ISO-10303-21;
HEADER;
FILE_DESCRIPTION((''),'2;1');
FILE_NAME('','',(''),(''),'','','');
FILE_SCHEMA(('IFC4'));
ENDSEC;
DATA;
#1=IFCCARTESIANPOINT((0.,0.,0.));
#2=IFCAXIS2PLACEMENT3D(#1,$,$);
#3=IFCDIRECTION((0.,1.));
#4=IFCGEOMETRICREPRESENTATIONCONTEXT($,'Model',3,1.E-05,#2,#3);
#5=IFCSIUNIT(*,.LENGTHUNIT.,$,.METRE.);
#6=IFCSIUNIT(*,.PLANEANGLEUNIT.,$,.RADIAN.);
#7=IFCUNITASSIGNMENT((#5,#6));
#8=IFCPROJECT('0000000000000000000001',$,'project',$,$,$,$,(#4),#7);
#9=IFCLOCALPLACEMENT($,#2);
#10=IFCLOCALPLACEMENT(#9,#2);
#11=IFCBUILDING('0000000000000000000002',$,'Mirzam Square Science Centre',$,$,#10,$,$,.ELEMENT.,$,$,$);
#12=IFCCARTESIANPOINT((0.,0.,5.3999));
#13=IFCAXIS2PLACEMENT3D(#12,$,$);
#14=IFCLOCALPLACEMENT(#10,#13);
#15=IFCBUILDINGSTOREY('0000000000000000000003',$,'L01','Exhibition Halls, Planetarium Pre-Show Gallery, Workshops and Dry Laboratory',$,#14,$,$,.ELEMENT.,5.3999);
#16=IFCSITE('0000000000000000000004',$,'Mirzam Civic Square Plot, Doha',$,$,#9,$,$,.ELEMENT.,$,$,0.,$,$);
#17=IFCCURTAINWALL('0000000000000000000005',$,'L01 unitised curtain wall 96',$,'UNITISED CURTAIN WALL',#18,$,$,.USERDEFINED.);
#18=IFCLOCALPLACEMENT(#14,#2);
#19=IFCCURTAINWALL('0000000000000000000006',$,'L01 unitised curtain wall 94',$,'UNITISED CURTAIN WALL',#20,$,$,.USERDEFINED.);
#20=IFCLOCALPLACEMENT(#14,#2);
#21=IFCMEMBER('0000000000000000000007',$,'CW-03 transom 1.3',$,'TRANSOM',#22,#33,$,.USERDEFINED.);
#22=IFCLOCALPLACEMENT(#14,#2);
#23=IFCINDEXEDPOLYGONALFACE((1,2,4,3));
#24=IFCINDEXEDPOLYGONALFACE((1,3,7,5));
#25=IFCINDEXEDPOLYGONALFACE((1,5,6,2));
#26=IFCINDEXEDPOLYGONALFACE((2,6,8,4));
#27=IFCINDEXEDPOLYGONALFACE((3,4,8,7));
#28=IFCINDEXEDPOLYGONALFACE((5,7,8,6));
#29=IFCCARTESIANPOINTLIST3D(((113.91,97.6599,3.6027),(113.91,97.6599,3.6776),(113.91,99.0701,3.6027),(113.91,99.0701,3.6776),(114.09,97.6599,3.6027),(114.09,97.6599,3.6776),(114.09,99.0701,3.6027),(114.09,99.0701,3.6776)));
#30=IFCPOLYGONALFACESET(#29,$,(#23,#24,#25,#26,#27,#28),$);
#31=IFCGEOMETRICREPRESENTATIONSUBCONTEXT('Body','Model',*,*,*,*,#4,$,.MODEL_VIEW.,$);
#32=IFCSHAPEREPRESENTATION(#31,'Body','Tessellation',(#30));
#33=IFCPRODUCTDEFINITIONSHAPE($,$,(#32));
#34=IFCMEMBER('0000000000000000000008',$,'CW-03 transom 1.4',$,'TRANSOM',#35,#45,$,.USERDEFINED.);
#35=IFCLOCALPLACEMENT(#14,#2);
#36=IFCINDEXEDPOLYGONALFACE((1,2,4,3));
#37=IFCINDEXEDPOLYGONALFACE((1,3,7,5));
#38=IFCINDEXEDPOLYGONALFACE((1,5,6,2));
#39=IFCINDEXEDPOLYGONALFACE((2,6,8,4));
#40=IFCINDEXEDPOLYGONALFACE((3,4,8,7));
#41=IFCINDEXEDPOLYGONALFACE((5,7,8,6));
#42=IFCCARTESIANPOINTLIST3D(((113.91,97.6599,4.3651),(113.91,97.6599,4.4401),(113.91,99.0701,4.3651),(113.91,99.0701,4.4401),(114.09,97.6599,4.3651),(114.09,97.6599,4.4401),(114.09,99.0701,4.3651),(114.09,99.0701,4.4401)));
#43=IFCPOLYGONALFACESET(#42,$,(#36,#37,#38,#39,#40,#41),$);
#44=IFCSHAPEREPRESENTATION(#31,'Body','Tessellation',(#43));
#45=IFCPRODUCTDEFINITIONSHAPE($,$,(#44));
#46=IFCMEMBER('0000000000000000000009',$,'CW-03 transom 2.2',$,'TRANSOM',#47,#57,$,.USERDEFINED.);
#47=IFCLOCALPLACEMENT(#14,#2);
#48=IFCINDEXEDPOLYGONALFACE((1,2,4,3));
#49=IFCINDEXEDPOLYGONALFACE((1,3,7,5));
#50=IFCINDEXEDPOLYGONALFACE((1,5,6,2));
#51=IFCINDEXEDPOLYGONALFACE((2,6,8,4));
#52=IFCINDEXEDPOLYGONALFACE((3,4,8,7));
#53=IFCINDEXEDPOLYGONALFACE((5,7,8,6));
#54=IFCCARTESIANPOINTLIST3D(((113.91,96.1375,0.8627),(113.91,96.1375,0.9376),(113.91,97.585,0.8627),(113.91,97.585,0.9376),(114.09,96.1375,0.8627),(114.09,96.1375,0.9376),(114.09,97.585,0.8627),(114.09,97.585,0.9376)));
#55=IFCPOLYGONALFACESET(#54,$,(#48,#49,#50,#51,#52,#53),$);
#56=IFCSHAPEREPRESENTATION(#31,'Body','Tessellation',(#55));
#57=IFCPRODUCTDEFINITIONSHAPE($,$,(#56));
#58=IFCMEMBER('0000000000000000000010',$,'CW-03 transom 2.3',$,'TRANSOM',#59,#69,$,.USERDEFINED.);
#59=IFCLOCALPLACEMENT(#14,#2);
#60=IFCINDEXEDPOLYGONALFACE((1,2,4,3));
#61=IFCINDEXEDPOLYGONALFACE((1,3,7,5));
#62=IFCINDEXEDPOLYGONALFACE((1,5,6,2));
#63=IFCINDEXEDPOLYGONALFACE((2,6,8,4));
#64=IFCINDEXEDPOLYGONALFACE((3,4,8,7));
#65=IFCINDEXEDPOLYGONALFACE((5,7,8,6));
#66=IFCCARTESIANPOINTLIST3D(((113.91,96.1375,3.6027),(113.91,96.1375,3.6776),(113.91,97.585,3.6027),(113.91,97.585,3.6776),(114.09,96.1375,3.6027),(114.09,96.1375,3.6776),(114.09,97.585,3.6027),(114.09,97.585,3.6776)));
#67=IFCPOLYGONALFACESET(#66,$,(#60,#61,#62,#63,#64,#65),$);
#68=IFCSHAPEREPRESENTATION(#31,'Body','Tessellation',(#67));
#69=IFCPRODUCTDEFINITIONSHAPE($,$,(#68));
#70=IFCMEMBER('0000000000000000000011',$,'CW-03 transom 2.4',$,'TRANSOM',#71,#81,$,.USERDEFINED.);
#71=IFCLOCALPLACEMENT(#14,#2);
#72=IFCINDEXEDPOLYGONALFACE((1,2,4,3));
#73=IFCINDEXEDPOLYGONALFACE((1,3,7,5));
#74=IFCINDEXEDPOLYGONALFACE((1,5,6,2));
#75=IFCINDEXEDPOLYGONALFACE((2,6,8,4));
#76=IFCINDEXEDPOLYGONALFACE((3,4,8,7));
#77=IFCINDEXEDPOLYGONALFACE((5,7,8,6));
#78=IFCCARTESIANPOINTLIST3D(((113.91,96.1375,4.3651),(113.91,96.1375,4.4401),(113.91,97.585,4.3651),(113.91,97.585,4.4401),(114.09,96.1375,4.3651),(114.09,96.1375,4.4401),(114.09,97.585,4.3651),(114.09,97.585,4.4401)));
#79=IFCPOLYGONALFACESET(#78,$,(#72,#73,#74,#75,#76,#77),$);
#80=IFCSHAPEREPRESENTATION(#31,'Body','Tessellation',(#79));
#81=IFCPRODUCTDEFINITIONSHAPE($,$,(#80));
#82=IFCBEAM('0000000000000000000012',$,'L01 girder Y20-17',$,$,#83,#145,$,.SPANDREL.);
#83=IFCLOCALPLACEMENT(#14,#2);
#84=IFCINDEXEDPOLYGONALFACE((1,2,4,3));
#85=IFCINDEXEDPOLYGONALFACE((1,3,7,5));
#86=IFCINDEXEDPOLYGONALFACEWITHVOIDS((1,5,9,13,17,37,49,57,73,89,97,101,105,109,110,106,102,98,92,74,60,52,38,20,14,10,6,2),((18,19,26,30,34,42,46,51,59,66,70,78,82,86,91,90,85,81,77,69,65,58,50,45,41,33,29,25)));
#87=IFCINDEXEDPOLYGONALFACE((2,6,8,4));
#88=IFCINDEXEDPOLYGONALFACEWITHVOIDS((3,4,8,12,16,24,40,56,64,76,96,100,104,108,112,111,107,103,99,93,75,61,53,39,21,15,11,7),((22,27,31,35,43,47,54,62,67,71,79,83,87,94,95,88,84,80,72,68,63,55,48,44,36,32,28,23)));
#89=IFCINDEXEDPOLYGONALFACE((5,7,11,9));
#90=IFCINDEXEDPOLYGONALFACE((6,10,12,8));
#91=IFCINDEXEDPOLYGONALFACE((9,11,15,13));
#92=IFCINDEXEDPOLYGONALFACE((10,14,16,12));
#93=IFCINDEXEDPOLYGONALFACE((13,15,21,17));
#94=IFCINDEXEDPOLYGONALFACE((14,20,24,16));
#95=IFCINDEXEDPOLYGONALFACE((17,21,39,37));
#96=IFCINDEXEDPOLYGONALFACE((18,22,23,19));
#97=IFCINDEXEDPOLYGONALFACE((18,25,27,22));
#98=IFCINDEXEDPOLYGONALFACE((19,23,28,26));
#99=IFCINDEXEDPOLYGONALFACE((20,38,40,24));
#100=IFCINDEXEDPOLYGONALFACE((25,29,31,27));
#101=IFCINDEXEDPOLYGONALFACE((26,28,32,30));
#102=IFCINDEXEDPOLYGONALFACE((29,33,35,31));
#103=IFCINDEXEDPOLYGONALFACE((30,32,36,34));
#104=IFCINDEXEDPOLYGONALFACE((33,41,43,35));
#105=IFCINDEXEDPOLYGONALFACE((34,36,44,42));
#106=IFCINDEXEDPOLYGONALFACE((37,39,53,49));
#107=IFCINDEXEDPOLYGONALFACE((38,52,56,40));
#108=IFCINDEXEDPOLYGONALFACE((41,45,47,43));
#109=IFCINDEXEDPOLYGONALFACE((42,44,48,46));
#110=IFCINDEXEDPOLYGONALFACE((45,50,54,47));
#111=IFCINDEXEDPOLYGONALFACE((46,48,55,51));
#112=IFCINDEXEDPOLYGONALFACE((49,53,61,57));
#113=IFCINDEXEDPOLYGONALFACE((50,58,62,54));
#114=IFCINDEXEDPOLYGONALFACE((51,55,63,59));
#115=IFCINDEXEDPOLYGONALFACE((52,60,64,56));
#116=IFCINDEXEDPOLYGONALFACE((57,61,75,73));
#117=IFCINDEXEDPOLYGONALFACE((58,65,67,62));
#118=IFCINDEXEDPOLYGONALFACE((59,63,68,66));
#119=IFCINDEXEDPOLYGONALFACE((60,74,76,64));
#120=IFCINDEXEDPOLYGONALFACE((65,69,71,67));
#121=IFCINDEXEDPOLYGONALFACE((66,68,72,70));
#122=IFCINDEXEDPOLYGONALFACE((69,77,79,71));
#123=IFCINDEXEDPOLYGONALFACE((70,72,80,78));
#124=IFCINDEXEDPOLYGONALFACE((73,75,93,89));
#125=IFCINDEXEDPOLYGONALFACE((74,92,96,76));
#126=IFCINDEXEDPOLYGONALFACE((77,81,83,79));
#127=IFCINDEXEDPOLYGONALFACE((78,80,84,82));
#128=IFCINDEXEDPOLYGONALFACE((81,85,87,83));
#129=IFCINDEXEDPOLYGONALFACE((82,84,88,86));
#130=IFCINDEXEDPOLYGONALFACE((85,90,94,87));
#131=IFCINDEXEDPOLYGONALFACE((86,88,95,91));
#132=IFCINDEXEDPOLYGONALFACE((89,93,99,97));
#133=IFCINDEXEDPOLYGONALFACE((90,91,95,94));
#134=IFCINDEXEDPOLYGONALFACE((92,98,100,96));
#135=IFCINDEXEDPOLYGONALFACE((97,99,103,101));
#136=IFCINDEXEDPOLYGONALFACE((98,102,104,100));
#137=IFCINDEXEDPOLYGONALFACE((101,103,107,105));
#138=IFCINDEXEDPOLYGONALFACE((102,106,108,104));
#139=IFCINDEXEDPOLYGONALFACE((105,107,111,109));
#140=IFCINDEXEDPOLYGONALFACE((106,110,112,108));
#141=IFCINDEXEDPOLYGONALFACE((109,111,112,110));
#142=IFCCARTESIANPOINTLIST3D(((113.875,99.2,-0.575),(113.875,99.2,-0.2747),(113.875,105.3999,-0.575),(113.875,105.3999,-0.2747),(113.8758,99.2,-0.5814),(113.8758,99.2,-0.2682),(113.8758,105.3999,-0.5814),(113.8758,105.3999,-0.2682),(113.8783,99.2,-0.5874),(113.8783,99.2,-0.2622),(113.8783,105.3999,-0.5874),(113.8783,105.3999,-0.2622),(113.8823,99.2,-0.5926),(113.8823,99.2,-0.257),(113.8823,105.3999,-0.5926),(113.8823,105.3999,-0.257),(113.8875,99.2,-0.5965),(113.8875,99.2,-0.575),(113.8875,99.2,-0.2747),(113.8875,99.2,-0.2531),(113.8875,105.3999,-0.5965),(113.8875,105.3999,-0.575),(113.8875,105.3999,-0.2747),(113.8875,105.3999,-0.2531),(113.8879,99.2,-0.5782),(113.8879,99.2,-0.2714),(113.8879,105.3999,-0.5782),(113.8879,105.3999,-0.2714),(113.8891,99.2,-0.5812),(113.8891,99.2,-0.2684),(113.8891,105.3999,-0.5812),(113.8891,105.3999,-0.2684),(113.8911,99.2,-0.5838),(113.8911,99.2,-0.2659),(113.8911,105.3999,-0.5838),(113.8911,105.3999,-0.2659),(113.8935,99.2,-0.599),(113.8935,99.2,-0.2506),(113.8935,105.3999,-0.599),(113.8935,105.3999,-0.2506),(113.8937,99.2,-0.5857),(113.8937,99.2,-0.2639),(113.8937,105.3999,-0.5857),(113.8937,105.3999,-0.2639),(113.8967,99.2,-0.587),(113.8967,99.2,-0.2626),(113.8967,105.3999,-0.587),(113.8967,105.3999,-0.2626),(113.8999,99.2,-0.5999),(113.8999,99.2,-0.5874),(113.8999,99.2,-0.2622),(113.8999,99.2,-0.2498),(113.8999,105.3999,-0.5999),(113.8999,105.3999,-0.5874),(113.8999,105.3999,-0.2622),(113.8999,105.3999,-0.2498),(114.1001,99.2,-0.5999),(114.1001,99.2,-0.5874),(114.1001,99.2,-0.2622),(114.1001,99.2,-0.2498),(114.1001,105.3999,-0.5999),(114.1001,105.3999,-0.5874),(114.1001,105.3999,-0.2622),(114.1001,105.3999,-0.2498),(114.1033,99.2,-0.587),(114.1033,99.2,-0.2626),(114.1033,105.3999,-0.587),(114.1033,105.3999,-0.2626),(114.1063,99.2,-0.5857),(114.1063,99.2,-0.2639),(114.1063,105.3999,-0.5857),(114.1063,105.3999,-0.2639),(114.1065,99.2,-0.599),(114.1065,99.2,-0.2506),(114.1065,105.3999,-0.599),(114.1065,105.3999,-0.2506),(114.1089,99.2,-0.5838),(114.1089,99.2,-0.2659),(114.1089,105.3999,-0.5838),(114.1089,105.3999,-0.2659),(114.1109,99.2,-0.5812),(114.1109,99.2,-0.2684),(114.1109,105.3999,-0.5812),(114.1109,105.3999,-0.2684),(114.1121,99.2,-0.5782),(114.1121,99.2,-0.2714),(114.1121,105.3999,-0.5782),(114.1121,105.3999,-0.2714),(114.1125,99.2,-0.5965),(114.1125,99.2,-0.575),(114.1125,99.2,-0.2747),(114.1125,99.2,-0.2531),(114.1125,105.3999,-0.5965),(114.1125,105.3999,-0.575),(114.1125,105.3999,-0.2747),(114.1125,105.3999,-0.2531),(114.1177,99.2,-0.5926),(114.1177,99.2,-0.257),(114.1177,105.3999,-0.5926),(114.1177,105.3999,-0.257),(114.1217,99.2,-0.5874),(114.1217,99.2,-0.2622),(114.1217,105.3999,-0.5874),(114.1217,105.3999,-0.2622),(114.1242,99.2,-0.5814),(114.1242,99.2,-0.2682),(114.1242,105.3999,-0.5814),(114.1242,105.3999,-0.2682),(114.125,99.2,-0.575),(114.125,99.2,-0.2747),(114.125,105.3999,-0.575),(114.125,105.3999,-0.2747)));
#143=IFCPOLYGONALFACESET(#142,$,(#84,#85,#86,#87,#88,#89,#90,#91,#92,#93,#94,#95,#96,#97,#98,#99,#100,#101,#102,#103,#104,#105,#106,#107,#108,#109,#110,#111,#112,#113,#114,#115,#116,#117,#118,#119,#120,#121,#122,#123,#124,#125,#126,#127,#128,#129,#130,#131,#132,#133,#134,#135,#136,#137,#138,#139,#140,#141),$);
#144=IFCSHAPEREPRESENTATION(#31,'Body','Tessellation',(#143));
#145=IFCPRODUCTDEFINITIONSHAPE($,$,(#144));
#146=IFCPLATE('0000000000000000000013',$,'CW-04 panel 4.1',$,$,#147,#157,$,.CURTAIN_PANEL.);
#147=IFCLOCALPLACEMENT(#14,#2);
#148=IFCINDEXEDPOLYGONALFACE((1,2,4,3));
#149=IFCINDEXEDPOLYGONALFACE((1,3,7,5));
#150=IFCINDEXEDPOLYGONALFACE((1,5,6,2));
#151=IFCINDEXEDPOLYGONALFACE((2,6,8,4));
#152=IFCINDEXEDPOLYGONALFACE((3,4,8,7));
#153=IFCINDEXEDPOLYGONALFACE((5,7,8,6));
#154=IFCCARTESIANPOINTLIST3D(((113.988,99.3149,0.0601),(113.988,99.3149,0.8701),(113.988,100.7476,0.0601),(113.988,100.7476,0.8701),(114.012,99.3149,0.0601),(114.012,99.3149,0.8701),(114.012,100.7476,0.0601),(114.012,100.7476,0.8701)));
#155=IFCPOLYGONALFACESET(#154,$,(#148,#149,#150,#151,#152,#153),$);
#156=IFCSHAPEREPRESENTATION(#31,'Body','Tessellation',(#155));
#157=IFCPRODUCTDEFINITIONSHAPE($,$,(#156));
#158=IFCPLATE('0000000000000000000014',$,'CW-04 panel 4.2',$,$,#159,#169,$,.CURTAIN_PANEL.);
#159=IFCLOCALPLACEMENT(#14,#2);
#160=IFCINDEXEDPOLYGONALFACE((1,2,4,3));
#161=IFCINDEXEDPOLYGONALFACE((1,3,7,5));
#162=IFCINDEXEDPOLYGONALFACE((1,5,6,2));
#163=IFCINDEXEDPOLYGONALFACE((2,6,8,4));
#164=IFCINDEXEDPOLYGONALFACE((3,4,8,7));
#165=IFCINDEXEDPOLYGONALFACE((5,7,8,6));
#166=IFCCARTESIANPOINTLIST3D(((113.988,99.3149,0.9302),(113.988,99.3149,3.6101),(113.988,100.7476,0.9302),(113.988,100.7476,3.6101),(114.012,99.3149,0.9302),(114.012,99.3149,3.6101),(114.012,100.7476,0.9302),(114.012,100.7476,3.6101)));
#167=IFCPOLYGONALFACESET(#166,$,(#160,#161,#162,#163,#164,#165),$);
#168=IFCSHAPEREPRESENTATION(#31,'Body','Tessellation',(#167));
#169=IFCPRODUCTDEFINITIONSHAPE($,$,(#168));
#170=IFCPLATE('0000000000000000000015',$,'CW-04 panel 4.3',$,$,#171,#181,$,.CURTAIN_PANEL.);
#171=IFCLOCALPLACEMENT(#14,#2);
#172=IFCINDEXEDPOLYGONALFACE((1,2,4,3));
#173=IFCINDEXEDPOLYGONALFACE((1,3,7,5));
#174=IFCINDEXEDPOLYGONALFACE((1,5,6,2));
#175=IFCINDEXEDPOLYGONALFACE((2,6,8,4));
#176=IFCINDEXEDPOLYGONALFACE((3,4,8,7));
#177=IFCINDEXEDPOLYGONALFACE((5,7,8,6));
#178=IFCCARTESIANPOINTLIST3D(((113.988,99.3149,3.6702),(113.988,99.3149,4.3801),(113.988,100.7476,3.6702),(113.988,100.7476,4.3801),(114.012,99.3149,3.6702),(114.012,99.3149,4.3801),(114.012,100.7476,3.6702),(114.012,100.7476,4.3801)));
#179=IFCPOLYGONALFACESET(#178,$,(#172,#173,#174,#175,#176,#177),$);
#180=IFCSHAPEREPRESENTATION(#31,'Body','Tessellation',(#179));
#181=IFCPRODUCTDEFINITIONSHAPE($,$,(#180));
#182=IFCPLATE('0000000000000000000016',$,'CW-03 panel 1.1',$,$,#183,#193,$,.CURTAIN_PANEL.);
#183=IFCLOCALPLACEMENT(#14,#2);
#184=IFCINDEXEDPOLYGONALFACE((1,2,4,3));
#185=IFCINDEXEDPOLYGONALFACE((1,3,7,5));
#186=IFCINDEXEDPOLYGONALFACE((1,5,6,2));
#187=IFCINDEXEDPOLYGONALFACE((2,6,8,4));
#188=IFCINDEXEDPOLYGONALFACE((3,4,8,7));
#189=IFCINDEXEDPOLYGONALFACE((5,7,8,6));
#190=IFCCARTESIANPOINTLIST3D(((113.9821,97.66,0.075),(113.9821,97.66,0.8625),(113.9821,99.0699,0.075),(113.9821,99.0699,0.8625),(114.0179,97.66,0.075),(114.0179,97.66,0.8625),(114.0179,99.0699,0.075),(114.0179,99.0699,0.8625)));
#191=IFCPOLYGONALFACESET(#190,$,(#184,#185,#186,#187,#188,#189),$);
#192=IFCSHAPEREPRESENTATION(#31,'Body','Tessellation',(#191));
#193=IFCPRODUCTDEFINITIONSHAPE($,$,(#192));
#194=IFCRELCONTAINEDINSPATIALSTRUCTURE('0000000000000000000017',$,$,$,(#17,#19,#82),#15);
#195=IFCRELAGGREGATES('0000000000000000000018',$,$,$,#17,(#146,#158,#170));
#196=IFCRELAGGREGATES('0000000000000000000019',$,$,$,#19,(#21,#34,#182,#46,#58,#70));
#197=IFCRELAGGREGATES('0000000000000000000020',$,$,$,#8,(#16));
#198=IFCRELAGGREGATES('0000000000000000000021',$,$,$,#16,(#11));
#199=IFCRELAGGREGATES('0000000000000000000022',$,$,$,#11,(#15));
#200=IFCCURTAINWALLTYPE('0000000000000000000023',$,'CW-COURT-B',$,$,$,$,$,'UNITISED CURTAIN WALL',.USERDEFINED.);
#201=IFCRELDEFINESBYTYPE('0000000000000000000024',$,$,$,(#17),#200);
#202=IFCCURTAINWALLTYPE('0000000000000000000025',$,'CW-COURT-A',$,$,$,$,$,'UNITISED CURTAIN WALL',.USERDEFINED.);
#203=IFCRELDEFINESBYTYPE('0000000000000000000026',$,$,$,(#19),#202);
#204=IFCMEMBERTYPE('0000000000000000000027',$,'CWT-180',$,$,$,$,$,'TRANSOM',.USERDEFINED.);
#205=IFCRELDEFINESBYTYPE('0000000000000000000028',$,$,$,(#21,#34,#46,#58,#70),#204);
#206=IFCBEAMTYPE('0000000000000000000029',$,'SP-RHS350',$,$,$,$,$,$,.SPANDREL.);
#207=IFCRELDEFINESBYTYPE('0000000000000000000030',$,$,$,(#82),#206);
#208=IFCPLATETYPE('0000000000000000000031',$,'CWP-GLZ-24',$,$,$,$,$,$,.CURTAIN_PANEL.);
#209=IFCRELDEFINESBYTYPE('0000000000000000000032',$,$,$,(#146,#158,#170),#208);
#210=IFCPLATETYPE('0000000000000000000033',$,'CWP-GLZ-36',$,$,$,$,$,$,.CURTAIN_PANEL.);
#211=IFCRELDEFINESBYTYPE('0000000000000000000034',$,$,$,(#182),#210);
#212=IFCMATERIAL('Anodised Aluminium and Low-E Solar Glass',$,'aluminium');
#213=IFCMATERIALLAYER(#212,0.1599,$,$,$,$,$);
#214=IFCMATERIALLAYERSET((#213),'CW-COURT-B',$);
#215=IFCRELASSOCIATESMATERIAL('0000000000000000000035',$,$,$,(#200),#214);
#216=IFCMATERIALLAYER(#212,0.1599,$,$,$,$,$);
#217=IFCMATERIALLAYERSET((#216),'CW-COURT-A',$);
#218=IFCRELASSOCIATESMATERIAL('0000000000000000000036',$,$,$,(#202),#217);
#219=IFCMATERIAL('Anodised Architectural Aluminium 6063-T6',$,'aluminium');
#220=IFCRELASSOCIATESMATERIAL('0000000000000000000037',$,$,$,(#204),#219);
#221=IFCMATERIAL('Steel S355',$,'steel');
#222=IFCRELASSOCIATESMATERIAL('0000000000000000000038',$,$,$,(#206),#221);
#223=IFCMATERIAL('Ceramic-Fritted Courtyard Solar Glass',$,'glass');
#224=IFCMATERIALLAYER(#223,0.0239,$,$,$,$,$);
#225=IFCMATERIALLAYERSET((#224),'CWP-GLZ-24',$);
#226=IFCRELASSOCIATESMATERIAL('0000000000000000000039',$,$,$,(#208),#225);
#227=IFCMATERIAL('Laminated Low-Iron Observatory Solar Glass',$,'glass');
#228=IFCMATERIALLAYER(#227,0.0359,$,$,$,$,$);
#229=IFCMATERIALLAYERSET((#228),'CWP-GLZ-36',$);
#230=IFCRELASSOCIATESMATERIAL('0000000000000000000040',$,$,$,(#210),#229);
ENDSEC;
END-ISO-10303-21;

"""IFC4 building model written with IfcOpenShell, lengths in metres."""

from ifc_helpers import new_model, si_unit, direction, frame, origin, origin_2d, place, context, subcontext, project, spatial, rectangle, hollow_rectangle, extrude, material, layer, layer_set, material_profile, profile_set, type_object, element, aggregate, save


model = new_model("IFC4")

# Units and contexts
model_context = context("Model", 3, precision=1e-05, world=origin(), true_north=direction((0.0, 1.0)))
body_context = subcontext(model_context, "Body", "Model", "MODEL_VIEW")
ifc_project = project(units=[si_unit("LENGTHUNIT", "METRE"), si_unit("PLANEANGLEUNIT", "RADIAN")], contexts=[model_context])

# Site, building, storey
site_placement = place(None, origin())
site = spatial("IfcSite", under=ifc_project, at=site_placement, Name="Mirzam Civic Square Plot, Doha", CompositionType="ELEMENT", RefElevation=0.0)
building_placement = place(site_placement, origin())
building = spatial("IfcBuilding", under=site, at=building_placement, Name="Mirzam Square Science Centre", CompositionType="ELEMENT")
storey_placement = place(building_placement, frame((0.0, 0.0, 5.3999)))
storey = spatial("IfcBuildingStorey", under=building, at=storey_placement, Name="L01", Description="Exhibition Halls, Planetarium Pre-Show Gallery, Workshops and Dry Laboratory", CompositionType="ELEMENT", Elevation=5.3999)

# Shared definitions
ifc_material_1 = material(Name="Steel S355", Category="steel")

# Curtain wall
ifc_material_2 = material(Name="Anodised Aluminium and Low-E Solar Glass", Category="aluminium")
ifc_layer_1 = layer(ifc_material_2, 0.1599)
ifc_layer_set_1 = layer_set([ifc_layer_1], Name="CW-COURT-B")
curtain_wall_type_1 = type_object("IfcCurtainWallType", Name="CW-COURT-B", ElementType="UNITISED CURTAIN WALL", PredefinedType="USERDEFINED", material=ifc_layer_set_1)
curtain_wall_1_placement = place(storey_placement, origin())
curtain_wall_1 = element("IfcCurtainWall", 1, at=curtain_wall_1_placement, inside=storey, type_object=curtain_wall_type_1, Name="L01 unitised curtain wall 96", ObjectType="UNITISED CURTAIN WALL", PredefinedType="USERDEFINED")
ifc_material_3 = material(Name="Anodised Architectural Aluminium 6063-T6", Category="aluminium")

# Curtain wall
ifc_layer_2 = layer(ifc_material_2, 0.1599)
ifc_layer_set_2 = layer_set([ifc_layer_2], Name="CW-COURT-A")
curtain_wall_type_2 = type_object("IfcCurtainWallType", Name="CW-COURT-A", ElementType="UNITISED CURTAIN WALL", PredefinedType="USERDEFINED", material=ifc_layer_set_2)
curtain_wall_2_placement = place(storey_placement, origin())
curtain_wall_2 = element("IfcCurtainWall", 2, at=curtain_wall_2_placement, inside=storey, type_object=curtain_wall_type_2, Name="L01 unitised curtain wall 94", ObjectType="UNITISED CURTAIN WALL", PredefinedType="USERDEFINED")

# Members
ifc_material_profile_1 = material_profile(ifc_material_3, rectangle(XDim=0.1799, YDim=0.075, at=origin_2d()), Name="ALU-TRAN-180x75x5")
ifc_profile_set_1 = profile_set([ifc_material_profile_1], Name="Anodised Architectural Aluminium 6063-T6")
member_type_1 = type_object("IfcMemberType", Name="CWT-180", ElementType="TRANSOM", PredefinedType="USERDEFINED", material=ifc_profile_set_1)
member_1_placement = place(storey_placement, frame((114.0, 99.0701, 3.6401), z_axis=(0.0, -1.0, 0.0), x_axis=(1.0, 0.0, 0.0)))
member_1 = element("IfcMember", 3, at=member_1_placement, type_object=member_type_1, Name="CW-03 transom 1.3", ObjectType="TRANSOM", PredefinedType="USERDEFINED", context=body_context, shape_type="SweptSolid", body=[
    extrude(rectangle(XDim=0.1799, YDim=0.075, at=origin_2d()), origin(), (0.0, 0.0, 1.0), 1.4102),
])
member_2_placement = place(storey_placement, frame((114.0, 99.0701, 4.4026), z_axis=(0.0, -1.0, 0.0), x_axis=(1.0, 0.0, 0.0)))
member_2 = element("IfcMember", 4, at=member_2_placement, type_object=member_type_1, Name="CW-03 transom 1.4", ObjectType="TRANSOM", PredefinedType="USERDEFINED", context=body_context, shape_type="SweptSolid", body=[
    extrude(rectangle(XDim=0.1799, YDim=0.075, at=origin_2d()), origin(), (0.0, 0.0, 1.0), 1.4102),
])
member_3_placement = place(storey_placement, frame((114.0, 97.585, 0.9001), z_axis=(0.0, -1.0, 0.0), x_axis=(1.0, 0.0, 0.0)))
member_3 = element("IfcMember", 5, at=member_3_placement, type_object=member_type_1, Name="CW-03 transom 2.2", ObjectType="TRANSOM", PredefinedType="USERDEFINED", context=body_context, shape_type="SweptSolid", body=[
    extrude(rectangle(XDim=0.1799, YDim=0.075, at=origin_2d()), origin(), (0.0, 0.0, 1.0), 1.4475),
])
member_4_placement = place(storey_placement, frame((114.0, 97.585, 3.6401), z_axis=(0.0, -1.0, 0.0), x_axis=(1.0, 0.0, 0.0)))
member_4 = element("IfcMember", 6, at=member_4_placement, type_object=member_type_1, Name="CW-03 transom 2.3", ObjectType="TRANSOM", PredefinedType="USERDEFINED", context=body_context, shape_type="SweptSolid", body=[
    extrude(rectangle(XDim=0.1799, YDim=0.075, at=origin_2d()), origin(), (0.0, 0.0, 1.0), 1.4475),
])
member_5_placement = place(storey_placement, frame((114.0, 97.585, 4.4026), z_axis=(0.0, -1.0, 0.0), x_axis=(1.0, 0.0, 0.0)))
member_5 = element("IfcMember", 7, at=member_5_placement, type_object=member_type_1, Name="CW-03 transom 2.4", ObjectType="TRANSOM", PredefinedType="USERDEFINED", context=body_context, shape_type="SweptSolid", body=[
    extrude(rectangle(XDim=0.1799, YDim=0.075, at=origin_2d()), origin(), (0.0, 0.0, 1.0), 1.4475),
])

# Beam
ifc_material_profile_2 = material_profile(ifc_material_1, hollow_rectangle(XDim=0.25, YDim=0.3501, WallThickness=0.0125, InnerFilletRadius=0.0125, OuterFilletRadius=0.0249, at=origin_2d()), Name="350x250x12.5RHS")
ifc_profile_set_2 = profile_set([ifc_material_profile_2], Name="Steel S355")
beam_type_1 = type_object("IfcBeamType", Name="SP-RHS350", PredefinedType="SPANDREL", material=ifc_profile_set_2)
beam_1_placement = place(storey_placement, frame((114.0, 99.2, -0.4248), z_axis=(0.0, 1.0, 0.0), x_axis=(-1.0, 0.0, 0.0)))
element("IfcBeam", 8, at=beam_1_placement, inside=storey, type_object=beam_type_1, Name="L01 girder Y20-17", PredefinedType="SPANDREL", context=body_context, shape_type="SweptSolid", body=[
    extrude(hollow_rectangle(XDim=0.25, YDim=0.3501, WallThickness=0.0125, InnerFilletRadius=0.0125, OuterFilletRadius=0.0249, at=origin_2d()), origin(), (0.0, 0.0, 1.0), 6.2),
])

# Plates
ifc_material_4 = material(Name="Ceramic-Fritted Courtyard Solar Glass", Category="glass")
ifc_layer_3 = layer(ifc_material_4, 0.0239)
ifc_layer_set_3 = layer_set([ifc_layer_3], Name="CWP-GLZ-24")
plate_type_1 = type_object("IfcPlateType", Name="CWP-GLZ-24", PredefinedType="CURTAIN_PANEL", material=ifc_layer_set_3)
plate_1_placement = place(storey_placement, frame((114.0, 100.0312, 0.0601), z_axis=(0.0, 0.0, 1.0), x_axis=(0.0, -1.0, 0.0)))
plate_1 = element("IfcPlate", 9, at=plate_1_placement, type_object=plate_type_1, Name="CW-04 panel 4.1", PredefinedType="CURTAIN_PANEL", context=body_context, shape_type="SweptSolid", body=[
    extrude(rectangle(XDim=1.4326, YDim=0.0239, at=origin_2d()), origin(), (0.0, 0.0, 1.0), 0.8101),
])
plate_2_placement = place(storey_placement, frame((114.0, 100.0312, 0.9302), z_axis=(0.0, 0.0, 1.0), x_axis=(0.0, -1.0, 0.0)))
plate_2 = element("IfcPlate", 10, at=plate_2_placement, type_object=plate_type_1, Name="CW-04 panel 4.2", PredefinedType="CURTAIN_PANEL", context=body_context, shape_type="SweptSolid", body=[
    extrude(rectangle(XDim=1.4326, YDim=0.0239, at=origin_2d()), origin(), (0.0, 0.0, 1.0), 2.6799),
])
plate_3_placement = place(storey_placement, frame((114.0, 100.0312, 3.6702), z_axis=(0.0, 0.0, 1.0), x_axis=(0.0, -1.0, 0.0)))
plate_3 = element("IfcPlate", 11, at=plate_3_placement, type_object=plate_type_1, Name="CW-04 panel 4.3", PredefinedType="CURTAIN_PANEL", context=body_context, shape_type="SweptSolid", body=[
    extrude(rectangle(XDim=1.4326, YDim=0.0239, at=origin_2d()), origin(), (0.0, 0.0, 1.0), 0.71),
])
aggregate(curtain_wall_1, [plate_1, plate_2, plate_3])
ifc_material_5 = material(Name="Laminated Low-Iron Observatory Solar Glass", Category="glass")
ifc_layer_4 = layer(ifc_material_5, 0.0359)
ifc_layer_set_4 = layer_set([ifc_layer_4], Name="CWP-GLZ-36")
plate_type_2 = type_object("IfcPlateType", Name="CWP-GLZ-36", PredefinedType="CURTAIN_PANEL", material=ifc_layer_set_4)
plate_4_placement = place(storey_placement, frame((114.0, 98.365, 0.075), z_axis=(0.0, 0.0, 1.0), x_axis=(0.0, -1.0, 0.0)))
plate_4 = element("IfcPlate", 12, at=plate_4_placement, type_object=plate_type_2, Name="CW-03 panel 1.1", PredefinedType="CURTAIN_PANEL", context=body_context, shape_type="SweptSolid", body=[
    extrude(rectangle(XDim=1.4099, YDim=0.0359, at=origin_2d()), origin(), (0.0, 0.0, 1.0), 0.7876),
])
aggregate(curtain_wall_2, [member_1, member_2, plate_4, member_3, member_4, member_5])

save(model, "model.ifc")
